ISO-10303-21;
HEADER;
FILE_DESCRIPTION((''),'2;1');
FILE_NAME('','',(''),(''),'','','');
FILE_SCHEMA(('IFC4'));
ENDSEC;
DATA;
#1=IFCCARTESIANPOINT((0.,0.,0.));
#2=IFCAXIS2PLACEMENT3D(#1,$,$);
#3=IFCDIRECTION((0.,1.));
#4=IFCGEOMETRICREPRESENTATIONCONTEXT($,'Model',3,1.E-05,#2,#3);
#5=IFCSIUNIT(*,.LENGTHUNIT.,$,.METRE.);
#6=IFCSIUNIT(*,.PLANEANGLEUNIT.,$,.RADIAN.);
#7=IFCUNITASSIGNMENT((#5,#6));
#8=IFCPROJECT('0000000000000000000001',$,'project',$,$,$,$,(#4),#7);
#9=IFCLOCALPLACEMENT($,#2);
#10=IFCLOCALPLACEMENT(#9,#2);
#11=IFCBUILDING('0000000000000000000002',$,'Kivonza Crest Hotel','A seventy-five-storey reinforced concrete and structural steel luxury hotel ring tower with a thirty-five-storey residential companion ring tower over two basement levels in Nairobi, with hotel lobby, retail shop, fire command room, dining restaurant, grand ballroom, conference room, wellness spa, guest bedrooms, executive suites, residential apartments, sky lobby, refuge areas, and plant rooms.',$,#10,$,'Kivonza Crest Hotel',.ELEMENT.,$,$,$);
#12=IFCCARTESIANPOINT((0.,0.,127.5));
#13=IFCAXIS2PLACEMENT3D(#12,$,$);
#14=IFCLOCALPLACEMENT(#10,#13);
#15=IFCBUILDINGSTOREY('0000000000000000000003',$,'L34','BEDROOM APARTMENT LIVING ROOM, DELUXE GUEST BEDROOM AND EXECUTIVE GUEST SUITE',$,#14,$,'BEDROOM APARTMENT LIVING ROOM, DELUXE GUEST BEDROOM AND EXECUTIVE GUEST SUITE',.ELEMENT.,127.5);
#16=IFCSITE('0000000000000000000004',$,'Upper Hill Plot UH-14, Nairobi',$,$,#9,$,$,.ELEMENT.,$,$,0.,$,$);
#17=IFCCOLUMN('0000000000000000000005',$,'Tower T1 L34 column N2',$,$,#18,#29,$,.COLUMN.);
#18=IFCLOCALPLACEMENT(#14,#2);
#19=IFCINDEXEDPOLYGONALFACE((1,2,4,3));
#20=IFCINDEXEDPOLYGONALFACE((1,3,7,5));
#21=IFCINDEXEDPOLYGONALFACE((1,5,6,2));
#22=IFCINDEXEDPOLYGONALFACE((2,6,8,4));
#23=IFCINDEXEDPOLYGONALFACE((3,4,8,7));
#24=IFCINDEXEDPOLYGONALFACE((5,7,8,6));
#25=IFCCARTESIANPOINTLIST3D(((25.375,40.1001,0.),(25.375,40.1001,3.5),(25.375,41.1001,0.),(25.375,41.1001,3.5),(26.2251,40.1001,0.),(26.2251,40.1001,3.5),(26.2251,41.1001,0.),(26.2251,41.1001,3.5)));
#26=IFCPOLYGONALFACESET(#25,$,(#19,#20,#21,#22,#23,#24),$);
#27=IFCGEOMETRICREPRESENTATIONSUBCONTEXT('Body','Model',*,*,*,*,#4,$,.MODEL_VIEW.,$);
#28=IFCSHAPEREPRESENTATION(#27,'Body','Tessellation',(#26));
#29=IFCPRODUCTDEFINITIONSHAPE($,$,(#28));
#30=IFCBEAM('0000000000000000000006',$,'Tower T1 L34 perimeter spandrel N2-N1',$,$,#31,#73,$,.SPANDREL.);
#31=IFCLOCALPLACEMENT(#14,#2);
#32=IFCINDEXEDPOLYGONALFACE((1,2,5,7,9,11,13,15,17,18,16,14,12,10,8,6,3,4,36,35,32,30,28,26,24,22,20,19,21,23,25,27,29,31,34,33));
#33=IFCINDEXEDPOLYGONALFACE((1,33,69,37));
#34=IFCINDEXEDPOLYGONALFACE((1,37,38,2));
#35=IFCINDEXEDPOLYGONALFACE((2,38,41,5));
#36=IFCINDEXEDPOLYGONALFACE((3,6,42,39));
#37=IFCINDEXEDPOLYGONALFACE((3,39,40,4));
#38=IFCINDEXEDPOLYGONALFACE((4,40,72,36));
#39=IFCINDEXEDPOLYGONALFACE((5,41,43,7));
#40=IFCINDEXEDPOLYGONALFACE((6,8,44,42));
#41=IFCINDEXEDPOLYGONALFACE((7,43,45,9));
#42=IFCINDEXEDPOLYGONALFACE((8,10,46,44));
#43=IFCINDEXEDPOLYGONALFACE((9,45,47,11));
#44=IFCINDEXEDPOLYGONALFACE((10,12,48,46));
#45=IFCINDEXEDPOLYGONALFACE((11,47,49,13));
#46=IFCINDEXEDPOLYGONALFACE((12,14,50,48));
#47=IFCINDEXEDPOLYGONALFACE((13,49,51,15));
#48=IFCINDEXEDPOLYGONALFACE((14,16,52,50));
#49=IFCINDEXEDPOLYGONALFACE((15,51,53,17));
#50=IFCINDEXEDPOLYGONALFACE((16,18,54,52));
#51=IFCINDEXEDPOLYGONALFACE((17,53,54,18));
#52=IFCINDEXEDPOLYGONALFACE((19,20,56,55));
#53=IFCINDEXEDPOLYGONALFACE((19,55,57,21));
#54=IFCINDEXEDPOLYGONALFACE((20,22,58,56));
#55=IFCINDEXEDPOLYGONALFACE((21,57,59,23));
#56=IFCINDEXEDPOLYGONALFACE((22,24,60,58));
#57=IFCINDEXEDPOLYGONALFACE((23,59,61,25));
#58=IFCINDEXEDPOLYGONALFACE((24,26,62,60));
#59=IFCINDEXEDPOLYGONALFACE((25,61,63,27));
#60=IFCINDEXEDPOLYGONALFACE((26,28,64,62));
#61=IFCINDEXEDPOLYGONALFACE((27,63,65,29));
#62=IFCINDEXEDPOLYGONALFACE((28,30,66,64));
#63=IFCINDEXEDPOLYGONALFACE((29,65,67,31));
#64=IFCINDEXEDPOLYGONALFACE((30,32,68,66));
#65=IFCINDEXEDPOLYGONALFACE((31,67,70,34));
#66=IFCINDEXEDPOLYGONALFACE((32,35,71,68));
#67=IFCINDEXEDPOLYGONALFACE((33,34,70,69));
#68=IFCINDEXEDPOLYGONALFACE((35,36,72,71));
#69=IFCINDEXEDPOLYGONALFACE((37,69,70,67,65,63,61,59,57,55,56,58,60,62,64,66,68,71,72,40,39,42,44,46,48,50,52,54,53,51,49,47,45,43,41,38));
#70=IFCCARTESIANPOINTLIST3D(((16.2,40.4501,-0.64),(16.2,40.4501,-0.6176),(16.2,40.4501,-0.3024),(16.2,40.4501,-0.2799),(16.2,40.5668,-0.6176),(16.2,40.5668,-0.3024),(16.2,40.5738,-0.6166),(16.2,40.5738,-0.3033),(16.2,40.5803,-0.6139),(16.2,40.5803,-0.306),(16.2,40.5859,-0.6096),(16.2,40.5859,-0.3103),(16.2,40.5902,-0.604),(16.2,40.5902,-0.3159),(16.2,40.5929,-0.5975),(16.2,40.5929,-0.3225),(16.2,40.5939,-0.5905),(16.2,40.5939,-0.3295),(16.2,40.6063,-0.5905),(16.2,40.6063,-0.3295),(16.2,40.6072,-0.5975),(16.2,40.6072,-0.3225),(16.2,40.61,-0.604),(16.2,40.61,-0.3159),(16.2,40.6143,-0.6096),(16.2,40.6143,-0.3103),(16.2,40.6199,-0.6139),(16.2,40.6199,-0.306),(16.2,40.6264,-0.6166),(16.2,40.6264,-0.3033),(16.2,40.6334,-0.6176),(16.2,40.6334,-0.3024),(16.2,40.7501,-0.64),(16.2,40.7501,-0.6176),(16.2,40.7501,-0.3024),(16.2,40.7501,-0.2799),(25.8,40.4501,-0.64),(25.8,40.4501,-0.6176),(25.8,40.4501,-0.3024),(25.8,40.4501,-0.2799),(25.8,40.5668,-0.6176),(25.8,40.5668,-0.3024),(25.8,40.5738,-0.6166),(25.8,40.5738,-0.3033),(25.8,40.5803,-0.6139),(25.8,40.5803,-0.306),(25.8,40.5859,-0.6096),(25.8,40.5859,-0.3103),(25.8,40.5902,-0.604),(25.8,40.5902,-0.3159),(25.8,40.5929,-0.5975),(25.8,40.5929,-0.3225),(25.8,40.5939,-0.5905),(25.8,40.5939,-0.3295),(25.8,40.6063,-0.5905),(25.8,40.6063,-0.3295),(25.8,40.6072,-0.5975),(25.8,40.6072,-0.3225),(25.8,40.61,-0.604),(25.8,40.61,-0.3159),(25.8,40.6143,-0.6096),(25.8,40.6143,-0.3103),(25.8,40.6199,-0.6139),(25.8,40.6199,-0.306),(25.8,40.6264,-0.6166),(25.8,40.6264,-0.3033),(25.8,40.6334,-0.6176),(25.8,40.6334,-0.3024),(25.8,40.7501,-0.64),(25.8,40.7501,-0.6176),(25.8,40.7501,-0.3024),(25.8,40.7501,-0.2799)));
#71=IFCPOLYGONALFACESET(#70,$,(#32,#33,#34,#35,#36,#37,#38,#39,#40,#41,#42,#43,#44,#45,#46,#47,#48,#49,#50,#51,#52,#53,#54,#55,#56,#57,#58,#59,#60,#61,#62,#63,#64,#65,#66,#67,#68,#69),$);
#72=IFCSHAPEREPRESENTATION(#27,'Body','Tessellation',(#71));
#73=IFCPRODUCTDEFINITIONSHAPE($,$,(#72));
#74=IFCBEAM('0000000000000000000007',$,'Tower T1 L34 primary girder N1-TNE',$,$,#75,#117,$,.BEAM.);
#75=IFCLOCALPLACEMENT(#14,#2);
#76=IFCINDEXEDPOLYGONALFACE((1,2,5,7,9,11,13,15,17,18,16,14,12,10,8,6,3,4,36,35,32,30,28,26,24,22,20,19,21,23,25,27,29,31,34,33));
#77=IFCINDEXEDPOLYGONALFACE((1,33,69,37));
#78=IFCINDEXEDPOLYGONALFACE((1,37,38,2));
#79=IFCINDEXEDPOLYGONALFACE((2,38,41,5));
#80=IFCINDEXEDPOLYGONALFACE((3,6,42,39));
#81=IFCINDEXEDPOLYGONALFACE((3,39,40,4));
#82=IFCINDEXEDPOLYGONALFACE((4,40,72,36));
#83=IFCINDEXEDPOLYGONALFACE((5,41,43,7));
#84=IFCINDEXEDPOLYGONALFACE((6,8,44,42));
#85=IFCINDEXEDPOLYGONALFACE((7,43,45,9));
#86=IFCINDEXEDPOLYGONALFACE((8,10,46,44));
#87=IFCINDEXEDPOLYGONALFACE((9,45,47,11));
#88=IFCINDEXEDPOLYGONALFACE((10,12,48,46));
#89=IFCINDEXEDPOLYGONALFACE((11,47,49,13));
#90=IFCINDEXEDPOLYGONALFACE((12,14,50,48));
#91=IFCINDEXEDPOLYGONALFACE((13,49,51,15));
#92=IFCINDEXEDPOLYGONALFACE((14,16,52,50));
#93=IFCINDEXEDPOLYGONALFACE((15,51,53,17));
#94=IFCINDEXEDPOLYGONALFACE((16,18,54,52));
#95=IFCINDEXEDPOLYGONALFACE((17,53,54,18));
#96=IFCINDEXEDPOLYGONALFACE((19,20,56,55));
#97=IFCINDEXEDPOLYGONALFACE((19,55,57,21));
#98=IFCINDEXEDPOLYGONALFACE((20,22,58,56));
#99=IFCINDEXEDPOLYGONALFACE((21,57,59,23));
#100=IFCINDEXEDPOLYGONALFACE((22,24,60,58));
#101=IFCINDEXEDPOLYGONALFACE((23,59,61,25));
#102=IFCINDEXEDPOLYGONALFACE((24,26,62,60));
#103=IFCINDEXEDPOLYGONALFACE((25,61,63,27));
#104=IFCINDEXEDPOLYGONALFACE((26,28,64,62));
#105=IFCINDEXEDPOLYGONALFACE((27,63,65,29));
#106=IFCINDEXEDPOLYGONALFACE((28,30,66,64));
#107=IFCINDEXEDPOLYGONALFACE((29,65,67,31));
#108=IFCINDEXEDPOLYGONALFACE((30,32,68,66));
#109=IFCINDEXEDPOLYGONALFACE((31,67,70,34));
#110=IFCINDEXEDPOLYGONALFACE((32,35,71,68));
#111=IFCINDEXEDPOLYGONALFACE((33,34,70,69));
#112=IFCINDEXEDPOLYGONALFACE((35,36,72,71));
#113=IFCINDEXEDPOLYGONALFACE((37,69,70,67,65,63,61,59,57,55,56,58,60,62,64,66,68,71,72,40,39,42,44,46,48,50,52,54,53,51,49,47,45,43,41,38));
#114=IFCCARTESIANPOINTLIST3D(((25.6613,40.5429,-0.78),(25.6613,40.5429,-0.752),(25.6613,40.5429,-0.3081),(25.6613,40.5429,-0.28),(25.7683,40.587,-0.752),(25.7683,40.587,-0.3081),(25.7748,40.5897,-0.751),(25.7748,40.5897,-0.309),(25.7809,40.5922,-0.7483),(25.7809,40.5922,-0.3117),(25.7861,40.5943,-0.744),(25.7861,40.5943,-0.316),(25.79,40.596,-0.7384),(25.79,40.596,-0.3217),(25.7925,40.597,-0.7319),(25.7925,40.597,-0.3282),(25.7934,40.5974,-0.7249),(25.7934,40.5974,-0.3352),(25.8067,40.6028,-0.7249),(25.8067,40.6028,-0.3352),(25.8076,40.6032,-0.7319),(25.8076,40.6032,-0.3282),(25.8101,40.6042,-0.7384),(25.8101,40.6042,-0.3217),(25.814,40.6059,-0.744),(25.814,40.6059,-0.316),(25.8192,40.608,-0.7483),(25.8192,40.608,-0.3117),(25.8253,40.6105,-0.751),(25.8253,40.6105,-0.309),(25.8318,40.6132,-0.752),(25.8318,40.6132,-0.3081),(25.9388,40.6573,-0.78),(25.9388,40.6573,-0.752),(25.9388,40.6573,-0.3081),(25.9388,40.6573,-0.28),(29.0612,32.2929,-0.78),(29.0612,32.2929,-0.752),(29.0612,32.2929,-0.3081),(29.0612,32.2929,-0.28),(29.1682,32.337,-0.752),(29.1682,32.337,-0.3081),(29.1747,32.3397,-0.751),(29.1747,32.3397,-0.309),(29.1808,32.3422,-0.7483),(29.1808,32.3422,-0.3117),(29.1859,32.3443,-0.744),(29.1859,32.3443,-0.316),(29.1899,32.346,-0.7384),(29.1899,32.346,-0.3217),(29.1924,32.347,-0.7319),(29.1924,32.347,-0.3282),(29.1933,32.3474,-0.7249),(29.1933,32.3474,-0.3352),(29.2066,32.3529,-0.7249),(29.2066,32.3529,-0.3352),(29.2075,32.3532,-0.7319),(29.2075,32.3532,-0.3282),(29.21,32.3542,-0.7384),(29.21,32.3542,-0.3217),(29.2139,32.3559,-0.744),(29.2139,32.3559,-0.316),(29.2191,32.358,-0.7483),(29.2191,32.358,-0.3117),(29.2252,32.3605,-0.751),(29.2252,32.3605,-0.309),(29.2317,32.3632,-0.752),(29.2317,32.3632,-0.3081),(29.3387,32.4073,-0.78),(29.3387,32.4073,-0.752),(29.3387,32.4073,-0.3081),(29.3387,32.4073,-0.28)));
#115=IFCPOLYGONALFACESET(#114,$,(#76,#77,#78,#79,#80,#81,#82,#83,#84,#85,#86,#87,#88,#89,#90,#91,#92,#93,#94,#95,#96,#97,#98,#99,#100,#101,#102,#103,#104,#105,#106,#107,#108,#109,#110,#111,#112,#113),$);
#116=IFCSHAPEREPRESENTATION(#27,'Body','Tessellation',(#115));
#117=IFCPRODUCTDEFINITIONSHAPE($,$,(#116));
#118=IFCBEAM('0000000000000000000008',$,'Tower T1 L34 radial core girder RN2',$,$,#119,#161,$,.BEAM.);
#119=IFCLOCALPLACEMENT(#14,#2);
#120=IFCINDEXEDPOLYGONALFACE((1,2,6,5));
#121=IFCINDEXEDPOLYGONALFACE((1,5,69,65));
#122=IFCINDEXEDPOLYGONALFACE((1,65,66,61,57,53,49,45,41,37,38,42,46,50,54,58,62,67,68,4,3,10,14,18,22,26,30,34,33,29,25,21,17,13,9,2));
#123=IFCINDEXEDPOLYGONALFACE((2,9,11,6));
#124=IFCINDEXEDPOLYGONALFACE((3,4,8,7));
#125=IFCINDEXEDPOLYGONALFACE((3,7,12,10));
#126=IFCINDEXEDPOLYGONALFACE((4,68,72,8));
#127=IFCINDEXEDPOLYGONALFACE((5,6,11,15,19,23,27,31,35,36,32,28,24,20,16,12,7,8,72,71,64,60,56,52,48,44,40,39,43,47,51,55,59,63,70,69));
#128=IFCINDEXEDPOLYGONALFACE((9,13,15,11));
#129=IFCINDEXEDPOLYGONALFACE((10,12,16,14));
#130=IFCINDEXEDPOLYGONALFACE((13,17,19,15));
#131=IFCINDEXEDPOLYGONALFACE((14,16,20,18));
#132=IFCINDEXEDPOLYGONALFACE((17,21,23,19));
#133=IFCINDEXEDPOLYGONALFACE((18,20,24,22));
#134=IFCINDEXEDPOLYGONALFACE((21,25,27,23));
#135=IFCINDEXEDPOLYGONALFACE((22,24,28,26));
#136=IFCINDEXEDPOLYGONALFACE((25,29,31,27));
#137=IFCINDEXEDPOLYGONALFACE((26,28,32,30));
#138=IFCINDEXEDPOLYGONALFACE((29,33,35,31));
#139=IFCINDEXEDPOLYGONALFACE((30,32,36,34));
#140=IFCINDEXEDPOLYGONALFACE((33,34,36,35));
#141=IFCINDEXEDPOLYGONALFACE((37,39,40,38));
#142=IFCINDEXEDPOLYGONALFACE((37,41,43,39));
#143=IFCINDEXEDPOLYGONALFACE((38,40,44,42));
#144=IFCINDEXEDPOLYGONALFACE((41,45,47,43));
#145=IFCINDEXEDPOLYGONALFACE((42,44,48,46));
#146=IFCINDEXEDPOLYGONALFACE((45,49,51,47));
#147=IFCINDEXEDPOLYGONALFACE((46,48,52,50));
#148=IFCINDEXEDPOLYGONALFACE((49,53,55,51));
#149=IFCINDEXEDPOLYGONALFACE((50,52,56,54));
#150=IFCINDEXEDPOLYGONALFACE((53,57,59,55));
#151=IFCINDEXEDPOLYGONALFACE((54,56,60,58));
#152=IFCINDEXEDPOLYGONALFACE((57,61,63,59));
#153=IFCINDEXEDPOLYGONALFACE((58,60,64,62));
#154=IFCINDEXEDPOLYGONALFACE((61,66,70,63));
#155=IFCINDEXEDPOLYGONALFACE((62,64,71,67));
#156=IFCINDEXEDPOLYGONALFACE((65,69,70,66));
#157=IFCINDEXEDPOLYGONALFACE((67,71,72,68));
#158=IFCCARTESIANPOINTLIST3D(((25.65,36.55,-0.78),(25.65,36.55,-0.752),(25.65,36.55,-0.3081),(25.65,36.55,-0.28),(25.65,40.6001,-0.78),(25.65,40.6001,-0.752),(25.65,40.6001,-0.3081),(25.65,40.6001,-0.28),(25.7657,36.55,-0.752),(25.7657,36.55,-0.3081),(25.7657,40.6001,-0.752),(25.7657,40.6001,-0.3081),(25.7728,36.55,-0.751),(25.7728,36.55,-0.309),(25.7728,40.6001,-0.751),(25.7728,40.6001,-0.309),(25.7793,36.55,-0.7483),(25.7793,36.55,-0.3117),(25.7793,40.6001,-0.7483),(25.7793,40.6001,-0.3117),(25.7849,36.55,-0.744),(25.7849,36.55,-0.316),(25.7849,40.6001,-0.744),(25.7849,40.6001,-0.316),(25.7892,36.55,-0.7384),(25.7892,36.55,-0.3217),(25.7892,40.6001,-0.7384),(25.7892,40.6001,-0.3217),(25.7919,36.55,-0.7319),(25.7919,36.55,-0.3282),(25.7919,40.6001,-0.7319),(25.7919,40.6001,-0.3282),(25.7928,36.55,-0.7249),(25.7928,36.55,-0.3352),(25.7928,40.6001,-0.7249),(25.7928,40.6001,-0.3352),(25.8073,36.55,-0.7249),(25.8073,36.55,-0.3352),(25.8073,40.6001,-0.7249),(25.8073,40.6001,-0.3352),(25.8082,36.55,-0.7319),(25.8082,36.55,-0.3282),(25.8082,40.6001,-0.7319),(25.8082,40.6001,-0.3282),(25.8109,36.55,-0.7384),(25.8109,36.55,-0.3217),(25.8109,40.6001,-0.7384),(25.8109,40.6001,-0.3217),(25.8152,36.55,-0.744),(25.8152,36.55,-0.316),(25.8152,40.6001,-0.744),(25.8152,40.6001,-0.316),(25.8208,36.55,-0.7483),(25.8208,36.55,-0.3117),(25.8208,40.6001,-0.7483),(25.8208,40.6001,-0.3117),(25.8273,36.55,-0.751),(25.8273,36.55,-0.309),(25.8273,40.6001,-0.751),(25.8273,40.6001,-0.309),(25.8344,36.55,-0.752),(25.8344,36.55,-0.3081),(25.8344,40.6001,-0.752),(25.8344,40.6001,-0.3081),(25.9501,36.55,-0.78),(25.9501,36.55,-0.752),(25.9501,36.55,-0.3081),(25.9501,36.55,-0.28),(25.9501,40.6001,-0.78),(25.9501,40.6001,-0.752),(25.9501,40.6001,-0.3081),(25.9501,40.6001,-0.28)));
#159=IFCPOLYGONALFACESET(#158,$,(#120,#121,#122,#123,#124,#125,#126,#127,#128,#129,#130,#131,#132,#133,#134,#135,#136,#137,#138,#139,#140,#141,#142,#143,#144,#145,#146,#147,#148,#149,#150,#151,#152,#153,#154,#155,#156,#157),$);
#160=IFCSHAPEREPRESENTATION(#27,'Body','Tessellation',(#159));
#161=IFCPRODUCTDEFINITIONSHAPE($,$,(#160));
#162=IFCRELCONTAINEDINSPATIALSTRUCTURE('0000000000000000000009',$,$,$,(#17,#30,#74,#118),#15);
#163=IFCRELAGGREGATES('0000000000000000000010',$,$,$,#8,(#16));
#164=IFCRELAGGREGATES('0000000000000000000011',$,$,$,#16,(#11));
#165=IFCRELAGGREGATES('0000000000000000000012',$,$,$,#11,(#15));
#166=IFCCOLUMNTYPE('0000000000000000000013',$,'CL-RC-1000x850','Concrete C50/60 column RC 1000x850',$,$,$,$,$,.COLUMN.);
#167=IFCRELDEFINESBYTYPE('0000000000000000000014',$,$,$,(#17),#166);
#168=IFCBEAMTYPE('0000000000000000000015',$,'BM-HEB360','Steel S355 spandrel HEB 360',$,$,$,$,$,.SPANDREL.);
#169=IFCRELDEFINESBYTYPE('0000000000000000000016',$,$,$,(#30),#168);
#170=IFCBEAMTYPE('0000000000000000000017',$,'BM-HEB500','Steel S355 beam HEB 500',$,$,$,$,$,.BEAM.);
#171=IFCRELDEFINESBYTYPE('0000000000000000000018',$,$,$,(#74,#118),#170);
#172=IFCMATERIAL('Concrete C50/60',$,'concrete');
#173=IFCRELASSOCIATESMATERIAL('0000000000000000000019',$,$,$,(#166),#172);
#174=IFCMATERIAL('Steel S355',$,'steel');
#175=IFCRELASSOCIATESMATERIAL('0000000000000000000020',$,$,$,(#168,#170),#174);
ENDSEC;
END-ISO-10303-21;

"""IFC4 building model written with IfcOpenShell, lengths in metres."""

from ifc_helpers import new_model, si_unit, direction, frame, origin, origin_2d, place, context, subcontext, project, spatial, rectangle, i_section, extrude, material, material_profile, profile_set, type_object, element, save


model = new_model("IFC4")

# Units and contexts
model_context = context("Model", 3, precision=1e-05, world=origin(), true_north=direction((0.0, 1.0)))
body_context = subcontext(model_context, "Body", "Model", "MODEL_VIEW")
ifc_project = project(units=[si_unit("LENGTHUNIT", "METRE"), si_unit("PLANEANGLEUNIT", "RADIAN")], contexts=[model_context])

# Site, building, storey
site_placement = place(None, origin())
site = spatial("IfcSite", under=ifc_project, at=site_placement, Name="Upper Hill Plot UH-14, Nairobi", CompositionType="ELEMENT", RefElevation=0.0)
building_placement = place(site_placement, origin())
building = spatial("IfcBuilding", under=site, at=building_placement, Name="Kivonza Crest Hotel", Description="A seventy-five-storey reinforced concrete and structural steel luxury hotel ring tower with a thirty-five-storey residential companion ring tower over two basement levels in Nairobi, with hotel lobby, retail shop, fire command room, dining restaurant, grand ballroom, conference room, wellness spa, guest bedrooms, executive suites, residential apartments, sky lobby, refuge areas, and plant rooms.", LongName="Kivonza Crest Hotel", CompositionType="ELEMENT")
storey_placement = place(building_placement, frame((0.0, 0.0, 127.5)))
storey = spatial("IfcBuildingStorey", under=building, at=storey_placement, Name="L34", Description="BEDROOM APARTMENT LIVING ROOM, DELUXE GUEST BEDROOM AND EXECUTIVE GUEST SUITE", LongName="BEDROOM APARTMENT LIVING ROOM, DELUXE GUEST BEDROOM AND EXECUTIVE GUEST SUITE", CompositionType="ELEMENT", Elevation=127.5)

# Column
ifc_material_1 = material(Name="Concrete C50/60", Category="concrete")
ifc_material_profile_1 = material_profile(ifc_material_1, rectangle(XDim=0.8501, YDim=1.0, at=origin_2d()), Name="RC 1000x850")
ifc_profile_set_1 = profile_set([ifc_material_profile_1], Name="Concrete C50/60")
column_type = type_object("IfcColumnType", Name="CL-RC-1000x850", Description="Concrete C50/60 column RC 1000x850", PredefinedType="COLUMN", material=ifc_profile_set_1)
column_placement = place(storey_placement, frame((25.8, 40.6001, 0.0), z_axis=(0.0, 0.0, 1.0), x_axis=(1.0, 0.0, 0.0)))
element("IfcColumn", 1, at=column_placement, inside=storey, type_object=column_type, Name="Tower T1 L34 column N2", PredefinedType="COLUMN", context=body_context, shape_type="SweptSolid", body=[
    extrude(rectangle(XDim=0.8501, YDim=1.0, at=origin_2d()), origin(), (0.0, 0.0, 1.0), 3.5),
])

# Beams
ifc_material_2 = material(Name="Steel S355", Category="steel")
ifc_material_profile_2 = material_profile(ifc_material_2, i_section(OverallWidth=0.3, OverallDepth=0.3601, WebThickness=0.0125, FlangeThickness=0.0225, FilletRadius=0.0271, at=origin_2d()), Name="HEB 360")
ifc_profile_set_2 = profile_set([ifc_material_profile_2], Name="Steel S355")
beam_type_1 = type_object("IfcBeamType", Name="BM-HEB360", Description="Steel S355 spandrel HEB 360", PredefinedType="SPANDREL", material=ifc_profile_set_2)
beam_1_placement = place(storey_placement, frame((25.8, 40.6001, -0.46), z_axis=(-1.0, 0.0, 0.0), x_axis=(0.0, -1.0, 0.0)))
element("IfcBeam", 2, at=beam_1_placement, inside=storey, type_object=beam_type_1, Name="Tower T1 L34 perimeter spandrel N2-N1", PredefinedType="SPANDREL", context=body_context, shape_type="SweptSolid", body=[
    extrude(i_section(OverallWidth=0.3, OverallDepth=0.3601, WebThickness=0.0125, FlangeThickness=0.0225, FilletRadius=0.0271, at=origin_2d()), origin(), (0.0, 0.0, 1.0), 9.6001),
])
ifc_material_profile_3 = material_profile(ifc_material_2, i_section(OverallWidth=0.3, OverallDepth=0.5, WebThickness=0.0144, FlangeThickness=0.0281, FilletRadius=0.0271, at=origin_2d()), Name="HEB 500")
ifc_profile_set_3 = profile_set([ifc_material_profile_3], Name="Steel S355")
beam_type_2 = type_object("IfcBeamType", Name="BM-HEB500", Description="Steel S355 beam HEB 500", PredefinedType="BEAM", material=ifc_profile_set_3)
beam_2_placement = place(storey_placement, frame((25.8, 40.6001, -0.53), z_axis=(0.381022, -0.924566, 0.0), x_axis=(0.924566, 0.381022, 0.0)))
element("IfcBeam", 3, at=beam_2_placement, inside=storey, type_object=beam_type_2, Name="Tower T1 L34 primary girder N1-TNE", PredefinedType="BEAM", context=body_context, shape_type="SweptSolid", body=[
    extrude(i_section(OverallWidth=0.3, OverallDepth=0.5, WebThickness=0.0144, FlangeThickness=0.0281, FilletRadius=0.0271, at=origin_2d()), origin(), (0.0, 0.0, 1.0), 8.9231),
])
beam_3_placement = place(storey_placement, frame((25.8, 40.6001, -0.53), z_axis=(0.0, -1.0, 0.0), x_axis=(1.0, 0.0, 0.0)))
element("IfcBeam", 4, at=beam_3_placement, inside=storey, type_object=beam_type_2, Name="Tower T1 L34 radial core girder RN2", PredefinedType="BEAM", context=body_context, shape_type="SweptSolid", body=[
    extrude(i_section(OverallWidth=0.3, OverallDepth=0.5, WebThickness=0.0144, FlangeThickness=0.0281, FilletRadius=0.0271, at=origin_2d()), origin(), (0.0, 0.0, 1.0), 4.05),
])

save(model, "model.ifc")
